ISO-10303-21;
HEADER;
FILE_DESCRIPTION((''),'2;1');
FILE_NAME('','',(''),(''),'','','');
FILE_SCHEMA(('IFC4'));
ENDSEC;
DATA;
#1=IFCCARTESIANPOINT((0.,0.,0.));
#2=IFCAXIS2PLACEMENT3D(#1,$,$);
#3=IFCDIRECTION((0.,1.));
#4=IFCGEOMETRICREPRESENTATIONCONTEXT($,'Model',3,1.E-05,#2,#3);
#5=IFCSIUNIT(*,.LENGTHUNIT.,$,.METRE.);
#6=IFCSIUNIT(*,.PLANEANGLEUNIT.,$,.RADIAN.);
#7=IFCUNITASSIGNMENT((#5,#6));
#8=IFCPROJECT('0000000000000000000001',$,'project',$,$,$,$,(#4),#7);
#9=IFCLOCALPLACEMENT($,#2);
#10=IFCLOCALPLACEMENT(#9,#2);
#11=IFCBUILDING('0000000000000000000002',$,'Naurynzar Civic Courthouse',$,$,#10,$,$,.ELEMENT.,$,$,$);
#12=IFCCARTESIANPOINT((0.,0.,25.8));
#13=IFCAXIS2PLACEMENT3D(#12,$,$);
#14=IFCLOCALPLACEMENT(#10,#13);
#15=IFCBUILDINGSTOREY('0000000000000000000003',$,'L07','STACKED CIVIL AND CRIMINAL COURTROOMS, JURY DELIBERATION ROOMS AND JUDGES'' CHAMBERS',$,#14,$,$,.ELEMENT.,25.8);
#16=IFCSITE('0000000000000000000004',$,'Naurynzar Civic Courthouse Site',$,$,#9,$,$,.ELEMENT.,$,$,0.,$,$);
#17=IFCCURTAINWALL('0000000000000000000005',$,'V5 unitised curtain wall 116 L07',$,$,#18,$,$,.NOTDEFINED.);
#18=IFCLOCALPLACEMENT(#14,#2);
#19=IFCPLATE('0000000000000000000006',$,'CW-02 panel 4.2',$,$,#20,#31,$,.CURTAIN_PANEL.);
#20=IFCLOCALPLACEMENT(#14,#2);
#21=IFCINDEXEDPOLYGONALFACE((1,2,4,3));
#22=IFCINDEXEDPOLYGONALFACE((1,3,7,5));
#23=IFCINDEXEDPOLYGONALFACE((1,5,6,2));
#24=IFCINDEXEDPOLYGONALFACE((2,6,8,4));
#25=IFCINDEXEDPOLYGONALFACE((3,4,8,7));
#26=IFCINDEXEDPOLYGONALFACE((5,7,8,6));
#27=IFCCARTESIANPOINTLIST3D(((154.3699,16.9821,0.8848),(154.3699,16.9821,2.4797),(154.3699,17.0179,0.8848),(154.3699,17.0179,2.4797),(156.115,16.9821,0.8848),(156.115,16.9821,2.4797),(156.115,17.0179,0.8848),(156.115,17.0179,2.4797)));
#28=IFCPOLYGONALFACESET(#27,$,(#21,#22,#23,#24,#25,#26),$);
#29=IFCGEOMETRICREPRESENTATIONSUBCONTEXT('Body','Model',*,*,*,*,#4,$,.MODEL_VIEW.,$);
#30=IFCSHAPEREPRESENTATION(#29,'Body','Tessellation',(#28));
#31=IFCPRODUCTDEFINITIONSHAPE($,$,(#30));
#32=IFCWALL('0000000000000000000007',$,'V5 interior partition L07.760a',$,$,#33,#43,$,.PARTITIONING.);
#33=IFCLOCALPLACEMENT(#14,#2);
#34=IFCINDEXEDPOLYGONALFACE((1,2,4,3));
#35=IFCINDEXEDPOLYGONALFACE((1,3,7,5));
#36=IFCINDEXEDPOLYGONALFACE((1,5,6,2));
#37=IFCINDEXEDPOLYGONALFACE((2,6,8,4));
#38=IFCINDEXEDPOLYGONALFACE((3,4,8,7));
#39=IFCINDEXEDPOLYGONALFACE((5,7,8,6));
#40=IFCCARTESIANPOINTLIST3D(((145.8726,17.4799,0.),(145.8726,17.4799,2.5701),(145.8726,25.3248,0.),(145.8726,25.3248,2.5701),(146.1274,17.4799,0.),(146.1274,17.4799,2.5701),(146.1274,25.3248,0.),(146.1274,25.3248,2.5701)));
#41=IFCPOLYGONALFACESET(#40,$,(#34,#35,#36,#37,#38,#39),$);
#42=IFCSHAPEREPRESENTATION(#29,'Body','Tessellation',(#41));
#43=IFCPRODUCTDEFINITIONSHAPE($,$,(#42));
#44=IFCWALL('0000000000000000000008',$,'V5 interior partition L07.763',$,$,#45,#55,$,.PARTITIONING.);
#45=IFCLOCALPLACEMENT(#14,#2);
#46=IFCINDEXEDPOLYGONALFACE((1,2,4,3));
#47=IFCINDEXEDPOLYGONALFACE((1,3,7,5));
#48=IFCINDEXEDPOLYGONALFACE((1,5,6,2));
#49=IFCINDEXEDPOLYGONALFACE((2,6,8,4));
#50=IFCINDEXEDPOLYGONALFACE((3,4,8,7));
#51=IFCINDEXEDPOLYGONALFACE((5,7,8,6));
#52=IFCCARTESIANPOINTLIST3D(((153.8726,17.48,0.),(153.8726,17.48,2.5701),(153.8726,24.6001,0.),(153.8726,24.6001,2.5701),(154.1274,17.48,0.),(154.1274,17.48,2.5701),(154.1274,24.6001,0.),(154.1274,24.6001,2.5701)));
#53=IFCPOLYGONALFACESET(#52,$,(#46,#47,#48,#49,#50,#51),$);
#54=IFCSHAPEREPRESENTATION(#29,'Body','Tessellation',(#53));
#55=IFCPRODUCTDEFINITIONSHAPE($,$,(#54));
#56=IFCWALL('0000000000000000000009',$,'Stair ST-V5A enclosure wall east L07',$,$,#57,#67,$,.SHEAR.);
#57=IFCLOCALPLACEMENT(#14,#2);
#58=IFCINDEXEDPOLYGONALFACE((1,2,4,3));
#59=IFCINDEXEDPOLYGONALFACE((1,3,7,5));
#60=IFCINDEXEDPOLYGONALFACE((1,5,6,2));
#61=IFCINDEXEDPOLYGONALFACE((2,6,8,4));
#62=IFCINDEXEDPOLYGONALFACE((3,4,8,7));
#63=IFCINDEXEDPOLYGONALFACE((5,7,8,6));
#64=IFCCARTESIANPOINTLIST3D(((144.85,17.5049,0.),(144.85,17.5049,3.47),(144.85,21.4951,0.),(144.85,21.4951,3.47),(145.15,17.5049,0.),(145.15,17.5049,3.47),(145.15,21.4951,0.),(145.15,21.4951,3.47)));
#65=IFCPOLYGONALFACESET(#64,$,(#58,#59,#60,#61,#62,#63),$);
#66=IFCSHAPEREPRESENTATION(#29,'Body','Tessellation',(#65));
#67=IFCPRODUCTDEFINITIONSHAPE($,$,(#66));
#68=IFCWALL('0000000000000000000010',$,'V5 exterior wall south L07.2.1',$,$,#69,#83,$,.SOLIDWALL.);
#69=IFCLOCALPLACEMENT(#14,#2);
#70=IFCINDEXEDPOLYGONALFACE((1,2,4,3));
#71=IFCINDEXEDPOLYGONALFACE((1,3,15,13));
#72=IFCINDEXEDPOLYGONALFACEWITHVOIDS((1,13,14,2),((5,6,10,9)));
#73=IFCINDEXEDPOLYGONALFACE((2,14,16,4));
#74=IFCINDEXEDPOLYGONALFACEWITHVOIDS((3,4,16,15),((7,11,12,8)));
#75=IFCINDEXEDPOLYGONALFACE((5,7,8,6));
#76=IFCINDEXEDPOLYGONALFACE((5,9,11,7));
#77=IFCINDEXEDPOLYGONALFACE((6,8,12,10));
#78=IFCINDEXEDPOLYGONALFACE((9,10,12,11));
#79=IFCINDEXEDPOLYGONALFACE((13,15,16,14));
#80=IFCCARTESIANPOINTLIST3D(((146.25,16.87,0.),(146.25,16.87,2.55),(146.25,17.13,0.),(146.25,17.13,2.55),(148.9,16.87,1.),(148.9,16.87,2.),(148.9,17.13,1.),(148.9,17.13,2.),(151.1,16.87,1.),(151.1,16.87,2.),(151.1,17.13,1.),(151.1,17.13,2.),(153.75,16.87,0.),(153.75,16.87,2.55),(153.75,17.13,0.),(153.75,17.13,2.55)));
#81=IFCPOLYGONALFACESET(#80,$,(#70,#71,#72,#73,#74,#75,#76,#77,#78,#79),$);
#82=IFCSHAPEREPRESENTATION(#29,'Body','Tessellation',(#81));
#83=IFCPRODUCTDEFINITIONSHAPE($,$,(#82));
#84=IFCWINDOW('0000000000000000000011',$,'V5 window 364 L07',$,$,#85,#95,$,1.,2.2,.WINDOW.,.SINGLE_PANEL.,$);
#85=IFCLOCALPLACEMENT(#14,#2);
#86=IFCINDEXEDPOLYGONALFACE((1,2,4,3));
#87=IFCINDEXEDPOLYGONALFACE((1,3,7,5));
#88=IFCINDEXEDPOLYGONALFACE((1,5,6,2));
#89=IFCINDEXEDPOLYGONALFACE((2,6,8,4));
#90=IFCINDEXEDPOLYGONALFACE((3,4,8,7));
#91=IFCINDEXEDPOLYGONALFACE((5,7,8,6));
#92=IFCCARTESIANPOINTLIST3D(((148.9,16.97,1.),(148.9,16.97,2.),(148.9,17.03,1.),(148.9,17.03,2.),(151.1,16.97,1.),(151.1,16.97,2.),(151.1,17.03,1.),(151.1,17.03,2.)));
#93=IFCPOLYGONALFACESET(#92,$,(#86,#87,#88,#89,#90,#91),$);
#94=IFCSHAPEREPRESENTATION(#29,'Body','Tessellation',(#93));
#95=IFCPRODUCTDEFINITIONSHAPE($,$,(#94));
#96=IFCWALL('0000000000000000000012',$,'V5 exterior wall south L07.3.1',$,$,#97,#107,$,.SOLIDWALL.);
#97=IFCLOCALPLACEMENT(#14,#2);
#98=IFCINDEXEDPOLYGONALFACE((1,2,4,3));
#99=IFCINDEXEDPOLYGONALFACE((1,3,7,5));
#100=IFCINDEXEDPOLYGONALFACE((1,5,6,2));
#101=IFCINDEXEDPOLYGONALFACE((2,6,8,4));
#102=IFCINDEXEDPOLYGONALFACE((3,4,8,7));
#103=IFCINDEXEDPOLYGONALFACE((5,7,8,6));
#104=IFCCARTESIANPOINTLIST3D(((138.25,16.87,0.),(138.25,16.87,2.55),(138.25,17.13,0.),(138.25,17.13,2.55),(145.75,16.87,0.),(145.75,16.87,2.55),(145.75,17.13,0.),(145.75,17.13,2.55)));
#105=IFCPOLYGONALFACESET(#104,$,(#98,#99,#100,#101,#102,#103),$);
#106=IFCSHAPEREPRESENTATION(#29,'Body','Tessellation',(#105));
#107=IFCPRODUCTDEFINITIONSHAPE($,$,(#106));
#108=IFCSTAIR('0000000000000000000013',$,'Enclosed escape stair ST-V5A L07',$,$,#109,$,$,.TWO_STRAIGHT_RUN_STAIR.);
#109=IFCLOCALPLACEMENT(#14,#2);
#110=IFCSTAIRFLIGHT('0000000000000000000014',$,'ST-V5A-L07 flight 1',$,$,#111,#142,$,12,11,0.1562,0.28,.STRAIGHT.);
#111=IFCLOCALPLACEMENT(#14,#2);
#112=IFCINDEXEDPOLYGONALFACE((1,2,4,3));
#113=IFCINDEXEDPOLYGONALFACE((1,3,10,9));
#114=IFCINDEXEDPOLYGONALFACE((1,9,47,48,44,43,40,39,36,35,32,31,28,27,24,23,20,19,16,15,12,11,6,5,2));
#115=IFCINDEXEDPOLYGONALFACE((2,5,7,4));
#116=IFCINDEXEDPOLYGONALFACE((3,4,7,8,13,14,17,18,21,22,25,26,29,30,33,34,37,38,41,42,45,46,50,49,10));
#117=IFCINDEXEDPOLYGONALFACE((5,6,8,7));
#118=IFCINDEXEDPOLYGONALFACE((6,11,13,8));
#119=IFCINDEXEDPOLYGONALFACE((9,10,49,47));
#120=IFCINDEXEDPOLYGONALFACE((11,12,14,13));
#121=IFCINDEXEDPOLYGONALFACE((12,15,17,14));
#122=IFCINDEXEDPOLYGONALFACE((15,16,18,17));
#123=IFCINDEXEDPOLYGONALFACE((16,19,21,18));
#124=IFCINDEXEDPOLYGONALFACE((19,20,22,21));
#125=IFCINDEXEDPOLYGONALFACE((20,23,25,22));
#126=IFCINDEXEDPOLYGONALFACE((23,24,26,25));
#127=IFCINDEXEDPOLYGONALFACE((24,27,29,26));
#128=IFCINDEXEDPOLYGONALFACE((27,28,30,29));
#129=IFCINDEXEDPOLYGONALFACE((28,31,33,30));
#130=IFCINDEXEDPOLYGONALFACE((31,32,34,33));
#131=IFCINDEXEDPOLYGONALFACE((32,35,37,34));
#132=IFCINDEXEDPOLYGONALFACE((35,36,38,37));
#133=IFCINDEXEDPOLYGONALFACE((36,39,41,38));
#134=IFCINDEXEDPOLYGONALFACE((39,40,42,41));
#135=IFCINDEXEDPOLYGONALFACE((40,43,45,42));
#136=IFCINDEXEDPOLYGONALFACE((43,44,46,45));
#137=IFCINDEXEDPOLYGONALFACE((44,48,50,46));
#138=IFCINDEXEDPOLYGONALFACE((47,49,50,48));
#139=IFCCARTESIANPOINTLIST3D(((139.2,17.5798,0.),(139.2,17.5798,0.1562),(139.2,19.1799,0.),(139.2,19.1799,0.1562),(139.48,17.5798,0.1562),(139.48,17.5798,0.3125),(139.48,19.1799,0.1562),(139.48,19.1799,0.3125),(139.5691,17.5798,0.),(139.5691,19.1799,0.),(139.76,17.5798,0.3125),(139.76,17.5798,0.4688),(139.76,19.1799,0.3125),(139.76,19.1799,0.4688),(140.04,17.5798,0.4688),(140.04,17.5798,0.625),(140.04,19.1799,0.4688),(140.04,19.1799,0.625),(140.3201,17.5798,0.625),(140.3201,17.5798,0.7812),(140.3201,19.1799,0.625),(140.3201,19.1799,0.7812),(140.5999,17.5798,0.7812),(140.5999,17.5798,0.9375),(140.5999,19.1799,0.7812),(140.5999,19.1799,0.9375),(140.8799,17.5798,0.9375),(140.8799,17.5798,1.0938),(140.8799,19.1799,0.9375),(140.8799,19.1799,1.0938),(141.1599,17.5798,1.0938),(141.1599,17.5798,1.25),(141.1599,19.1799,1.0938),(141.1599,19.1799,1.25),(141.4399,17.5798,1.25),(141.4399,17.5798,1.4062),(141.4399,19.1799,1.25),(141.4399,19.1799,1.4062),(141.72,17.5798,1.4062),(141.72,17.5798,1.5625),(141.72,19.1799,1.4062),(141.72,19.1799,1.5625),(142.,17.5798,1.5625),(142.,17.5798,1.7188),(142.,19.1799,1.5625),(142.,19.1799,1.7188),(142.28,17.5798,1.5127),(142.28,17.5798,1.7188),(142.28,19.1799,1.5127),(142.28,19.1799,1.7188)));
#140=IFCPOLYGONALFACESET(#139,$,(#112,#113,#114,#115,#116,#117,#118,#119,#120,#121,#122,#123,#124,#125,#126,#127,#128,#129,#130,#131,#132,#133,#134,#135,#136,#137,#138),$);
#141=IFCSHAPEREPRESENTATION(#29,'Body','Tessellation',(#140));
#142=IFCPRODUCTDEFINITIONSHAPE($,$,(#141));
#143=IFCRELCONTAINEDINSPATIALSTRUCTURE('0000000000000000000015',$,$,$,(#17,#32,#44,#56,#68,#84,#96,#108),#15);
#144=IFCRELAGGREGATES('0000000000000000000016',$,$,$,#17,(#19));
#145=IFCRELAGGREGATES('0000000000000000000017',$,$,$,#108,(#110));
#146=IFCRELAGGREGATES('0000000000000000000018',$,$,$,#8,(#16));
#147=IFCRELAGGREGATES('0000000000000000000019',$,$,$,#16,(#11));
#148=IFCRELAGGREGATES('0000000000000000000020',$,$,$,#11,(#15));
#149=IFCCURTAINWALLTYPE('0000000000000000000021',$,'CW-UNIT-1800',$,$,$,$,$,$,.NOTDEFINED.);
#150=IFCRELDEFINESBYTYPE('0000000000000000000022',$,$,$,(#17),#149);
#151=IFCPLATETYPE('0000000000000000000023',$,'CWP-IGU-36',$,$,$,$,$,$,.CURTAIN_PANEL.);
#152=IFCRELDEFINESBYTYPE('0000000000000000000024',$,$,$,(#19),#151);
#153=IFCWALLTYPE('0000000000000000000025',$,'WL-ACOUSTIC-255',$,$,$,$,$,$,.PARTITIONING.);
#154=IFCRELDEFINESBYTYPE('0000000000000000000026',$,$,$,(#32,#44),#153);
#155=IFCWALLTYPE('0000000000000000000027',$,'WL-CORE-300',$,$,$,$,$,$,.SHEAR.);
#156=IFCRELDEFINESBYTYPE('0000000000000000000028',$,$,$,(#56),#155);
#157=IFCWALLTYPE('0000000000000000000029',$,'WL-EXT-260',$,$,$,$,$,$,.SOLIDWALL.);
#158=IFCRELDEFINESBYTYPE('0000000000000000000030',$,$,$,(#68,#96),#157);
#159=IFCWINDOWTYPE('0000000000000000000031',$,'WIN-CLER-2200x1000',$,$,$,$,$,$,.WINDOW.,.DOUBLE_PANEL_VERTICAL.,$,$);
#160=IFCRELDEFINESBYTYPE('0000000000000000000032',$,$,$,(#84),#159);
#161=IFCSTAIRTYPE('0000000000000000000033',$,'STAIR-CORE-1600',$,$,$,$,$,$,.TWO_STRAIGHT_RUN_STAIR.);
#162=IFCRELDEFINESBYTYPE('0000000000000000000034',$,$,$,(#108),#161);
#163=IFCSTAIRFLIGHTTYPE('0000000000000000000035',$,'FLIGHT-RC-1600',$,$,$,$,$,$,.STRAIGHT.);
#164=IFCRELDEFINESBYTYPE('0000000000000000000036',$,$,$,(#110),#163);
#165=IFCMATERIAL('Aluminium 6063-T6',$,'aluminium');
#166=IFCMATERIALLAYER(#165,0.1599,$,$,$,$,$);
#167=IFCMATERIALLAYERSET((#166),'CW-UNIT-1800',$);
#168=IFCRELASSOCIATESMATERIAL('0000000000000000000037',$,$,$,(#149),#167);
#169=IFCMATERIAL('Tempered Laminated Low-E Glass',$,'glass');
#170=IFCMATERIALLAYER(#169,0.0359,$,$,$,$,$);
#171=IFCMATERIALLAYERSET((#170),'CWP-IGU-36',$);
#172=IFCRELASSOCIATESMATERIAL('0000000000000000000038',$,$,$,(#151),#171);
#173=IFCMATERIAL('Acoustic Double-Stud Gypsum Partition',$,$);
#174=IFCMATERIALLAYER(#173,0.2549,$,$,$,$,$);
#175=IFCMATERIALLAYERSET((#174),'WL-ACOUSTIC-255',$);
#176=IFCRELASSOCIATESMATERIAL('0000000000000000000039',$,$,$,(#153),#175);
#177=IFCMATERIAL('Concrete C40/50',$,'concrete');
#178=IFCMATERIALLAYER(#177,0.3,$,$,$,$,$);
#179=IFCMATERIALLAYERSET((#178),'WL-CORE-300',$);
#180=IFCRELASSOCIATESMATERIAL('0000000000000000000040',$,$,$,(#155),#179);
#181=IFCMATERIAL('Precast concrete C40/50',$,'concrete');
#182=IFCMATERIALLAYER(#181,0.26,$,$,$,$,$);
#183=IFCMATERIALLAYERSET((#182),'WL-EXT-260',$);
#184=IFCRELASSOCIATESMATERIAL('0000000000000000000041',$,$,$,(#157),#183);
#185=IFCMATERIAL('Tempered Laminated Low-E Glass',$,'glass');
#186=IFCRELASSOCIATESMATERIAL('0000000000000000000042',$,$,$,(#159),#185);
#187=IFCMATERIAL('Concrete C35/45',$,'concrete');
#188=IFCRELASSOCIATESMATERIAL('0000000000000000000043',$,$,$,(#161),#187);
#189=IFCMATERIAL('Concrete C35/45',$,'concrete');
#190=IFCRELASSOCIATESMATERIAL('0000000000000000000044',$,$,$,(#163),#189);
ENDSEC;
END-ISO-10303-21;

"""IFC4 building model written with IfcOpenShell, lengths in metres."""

from ifc_helpers import new_model, si_unit, direction, frame, frame_2d, origin, origin_2d, place, context, subcontext, project, spatial, polyline, rectangle, outline, extrude, material, layer, layer_set, type_object, element, fill, aggregate, save


model = new_model("IFC4")

# Units and contexts
model_context = context("Model", 3, precision=1e-05, world=origin(), true_north=direction((0.0, 1.0)))
body_context = subcontext(model_context, "Body", "Model", "MODEL_VIEW")
ifc_project = project(units=[si_unit("LENGTHUNIT", "METRE"), si_unit("PLANEANGLEUNIT", "RADIAN")], contexts=[model_context])

# Site, building, storey
site_placement = place(None, origin())
site = spatial("IfcSite", under=ifc_project, at=site_placement, Name="Naurynzar Civic Courthouse Site", CompositionType="ELEMENT", RefElevation=0.0)
building_placement = place(site_placement, origin())
building = spatial("IfcBuilding", under=site, at=building_placement, Name="Naurynzar Civic Courthouse", CompositionType="ELEMENT")
storey_placement = place(building_placement, frame((0.0, 0.0, 25.8)))
storey = spatial("IfcBuildingStorey", under=building, at=storey_placement, Name="L07", Description="STACKED CIVIL AND CRIMINAL COURTROOMS, JURY DELIBERATION ROOMS AND JUDGES' CHAMBERS", CompositionType="ELEMENT", Elevation=25.8)

# Curtain wall, plate
ifc_material_1 = material(Name="Aluminium 6063-T6", Category="aluminium")
ifc_layer_1 = layer(ifc_material_1, 0.1599)
ifc_layer_set_1 = layer_set([ifc_layer_1], Name="CW-UNIT-1800")
curtain_wall_type = type_object("IfcCurtainWallType", Name="CW-UNIT-1800", PredefinedType="NOTDEFINED", material=ifc_layer_set_1)
curtain_wall_placement = place(storey_placement, origin())
curtain_wall = element("IfcCurtainWall", 1, at=curtain_wall_placement, inside=storey, type_object=curtain_wall_type, Name="V5 unitised curtain wall 116 L07", PredefinedType="NOTDEFINED")
ifc_material_2 = material(Name="Tempered Laminated Low-E Glass", Category="glass")
ifc_layer_2 = layer(ifc_material_2, 0.0359)
ifc_layer_set_2 = layer_set([ifc_layer_2], Name="CWP-IGU-36")
plate_type = type_object("IfcPlateType", Name="CWP-IGU-36", PredefinedType="CURTAIN_PANEL", material=ifc_layer_set_2)
plate_1_placement = place(storey_placement, frame((155.2424, 17.0, 0.8848), z_axis=(0.0, 0.0, 1.0), x_axis=(-1.0, 0.0, 0.0)))
plate_1 = element("IfcPlate", 2, at=plate_1_placement, type_object=plate_type, Name="CW-02 panel 4.2", PredefinedType="CURTAIN_PANEL", context=body_context, shape_type="SweptSolid", body=[
    extrude(rectangle(XDim=1.7451, YDim=0.0359, at=origin_2d()), origin(), (0.0, 0.0, 1.0), 1.595),
])
aggregate(curtain_wall, [plate_1])

# Walls
ifc_material_3 = material(Name="Acoustic Double-Stud Gypsum Partition")
ifc_layer_3 = layer(ifc_material_3, 0.2549)
ifc_layer_set_3 = layer_set([ifc_layer_3], Name="WL-ACOUSTIC-255")
wall_type_1 = type_object("IfcWallType", Name="WL-ACOUSTIC-255", PredefinedType="PARTITIONING", material=ifc_layer_set_3)
wall_1_placement = place(storey_placement, frame((146.0, 17.48, 0.0), z_axis=(0.0, 0.0, 1.0), x_axis=(0.0, 1.0, 0.0)))
element("IfcWall", 3, at=wall_1_placement, inside=storey, type_object=wall_type_1, Name="V5 interior partition L07.760a", PredefinedType="PARTITIONING", context=body_context, shape_type="SweptSolid", body=[
    extrude(rectangle(XDim=7.845, YDim=0.2549, at=frame_2d((3.9224, 0.0))), origin(), (0.0, 0.0, 1.0), 2.5701),
])
wall_2_placement = place(storey_placement, frame((154.0, 17.48, 0.0), z_axis=(0.0, 0.0, 1.0), x_axis=(0.0, 1.0, 0.0)))
element("IfcWall", 4, at=wall_2_placement, inside=storey, type_object=wall_type_1, Name="V5 interior partition L07.763", PredefinedType="PARTITIONING", context=body_context, shape_type="SweptSolid", body=[
    extrude(rectangle(XDim=7.1201, YDim=0.2549, at=frame_2d((3.5601, 0.0))), origin(), (0.0, 0.0, 1.0), 2.5701),
])
ifc_material_4 = material(Name="Concrete C40/50", Category="concrete")
ifc_layer_4 = layer(ifc_material_4, 0.3)
ifc_layer_set_4 = layer_set([ifc_layer_4], Name="WL-CORE-300")
wall_type_2 = type_object("IfcWallType", Name="WL-CORE-300", PredefinedType="SHEAR", material=ifc_layer_set_4)
wall_3_placement = place(storey_placement, frame((145.0, 17.5049, 0.0), z_axis=(0.0, 0.0, 1.0), x_axis=(0.0, 1.0, 0.0)))
element("IfcWall", 5, at=wall_3_placement, inside=storey, type_object=wall_type_2, Name="Stair ST-V5A enclosure wall east L07", PredefinedType="SHEAR", context=body_context, shape_type="SweptSolid", body=[
    extrude(rectangle(XDim=3.9902, YDim=0.3, at=frame_2d((1.9951, 0.0))), origin(), (0.0, 0.0, 1.0), 3.47),
])

# Wall, opening, window
ifc_material_5 = material(Name="Precast concrete C40/50", Category="concrete")
ifc_layer_5 = layer(ifc_material_5, 0.26)
ifc_layer_set_5 = layer_set([ifc_layer_5], Name="WL-EXT-260")
wall_type_3 = type_object("IfcWallType", Name="WL-EXT-260", PredefinedType="SOLIDWALL", material=ifc_layer_set_5)
wall_4_placement = place(storey_placement, frame((153.75, 17.0, 0.0), z_axis=(0.0, 0.0, 1.0), x_axis=(-1.0, 0.0, 0.0)))
wall_4 = element("IfcWall", 6, at=wall_4_placement, inside=storey, type_object=wall_type_3, Name="V5 exterior wall south L07.2.1", PredefinedType="SOLIDWALL", context=body_context, shape_type="SweptSolid", body=[
    extrude(rectangle(XDim=7.5, YDim=0.26, at=frame_2d((3.75, 0.0))), origin(), (0.0, 0.0, 1.0), 2.55),
])
opening_placement = place(wall_4_placement, frame((2.6499, 0.0, 1.0)))
opening = element("IfcOpeningElement", 7, at=opening_placement, cuts=wall_4, PredefinedType="OPENING", context=body_context, shape_type="SweptSolid", body=[
    extrude(rectangle(XDim=2.2, YDim=1.0, at=frame_2d((1.1001, 0.5))), frame((0.0, 0.1399, 0.0), z_axis=(0.0, -1.0, 0.0), x_axis=(1.0, 0.0, 0.0)), (0.0, 0.0, 1.0), 0.28),
])
ifc_material_6 = material(Name="Tempered Laminated Low-E Glass", Category="glass")
window_type = type_object("IfcWindowType", Name="WIN-CLER-2200x1000", PartitioningType="DOUBLE_PANEL_VERTICAL", PredefinedType="WINDOW", material=ifc_material_6)
window_placement = place(opening_placement, origin())
window = element("IfcWindow", 8, at=window_placement, inside=storey, type_object=window_type, Name="V5 window 364 L07", OverallHeight=1.0, OverallWidth=2.2, PartitioningType="SINGLE_PANEL", PredefinedType="WINDOW", context=body_context, shape_type="SweptSolid", body=[
    extrude(rectangle(XDim=2.2, YDim=1.0, at=frame_2d((1.1001, 0.5))), frame((0.0, 0.03, 0.0), z_axis=(0.0, -1.0, 0.0), x_axis=(1.0, 0.0, 0.0)), (0.0, 0.0, 1.0), 0.0601),
])
fill(opening, window)

# Wall
wall_5_placement = place(storey_placement, frame((145.75, 17.0, 0.0), z_axis=(0.0, 0.0, 1.0), x_axis=(-1.0, 0.0, 0.0)))
element("IfcWall", 9, at=wall_5_placement, inside=storey, type_object=wall_type_3, Name="V5 exterior wall south L07.3.1", PredefinedType="SOLIDWALL", context=body_context, shape_type="SweptSolid", body=[
    extrude(rectangle(XDim=7.5, YDim=0.26, at=frame_2d((3.75, 0.0))), origin(), (0.0, 0.0, 1.0), 2.55),
])

# Stair, stair flight
ifc_material_7 = material(Name="Concrete C35/45", Category="concrete")
stair_type = type_object("IfcStairType", Name="STAIR-CORE-1600", PredefinedType="TWO_STRAIGHT_RUN_STAIR", material=ifc_material_7)
stair_placement = place(storey_placement, origin())
stair = element("IfcStair", 10, at=stair_placement, inside=storey, type_object=stair_type, Name="Enclosed escape stair ST-V5A L07", PredefinedType="TWO_STRAIGHT_RUN_STAIR")
ifc_material_8 = material(Name="Concrete C35/45", Category="concrete")
stair_flight_type = type_object("IfcStairFlightType", Name="FLIGHT-RC-1600", PredefinedType="STRAIGHT", material=ifc_material_8)
stair_flight_placement = place(storey_placement, frame((139.2, 18.3799, 0.0), z_axis=(0.0, 0.0, 1.0), x_axis=(1.0, 0.0, 0.0)))
stair_flight = element("IfcStairFlight", 11, at=stair_flight_placement, type_object=stair_flight_type, Name="ST-V5A-L07 flight 1", NumberOfRisers=12, NumberOfTreads=11, PredefinedType="STRAIGHT", RiserHeight=0.1562, TreadLength=0.28, context=body_context, shape_type="SweptSolid", body=[
    extrude(outline(polyline([(0.0, 0.0), (0.0, 0.1562), (0.28, 0.1562), (0.28, 0.3125), (0.5601, 0.3125), (0.5601, 0.4688), (0.8401, 0.4688), (0.8401, 0.625), (1.1201, 0.625), (1.1201, 0.7812), (1.3999, 0.7812), (1.3999, 0.9375), (1.6799, 0.9375), (1.6799, 1.0938), (1.96, 1.0938), (1.96, 1.25), (2.24, 1.25), (2.24, 1.4062), (2.52, 1.4062), (2.52, 1.5625), (2.8, 1.5625), (2.8, 1.7188), (3.0801, 1.7188), (3.0801, 1.875), (3.0801, 1.5127), (0.3691, 0.0), (0.0, 0.0)])), frame((0.0, 0.8, 0.0), z_axis=(0.0, -1.0, 0.0), x_axis=(1.0, 0.0, 0.0)), (0.0, 0.0, 1.0), 1.6001),
])
aggregate(stair, [stair_flight])

save(model, "model.ifc")
